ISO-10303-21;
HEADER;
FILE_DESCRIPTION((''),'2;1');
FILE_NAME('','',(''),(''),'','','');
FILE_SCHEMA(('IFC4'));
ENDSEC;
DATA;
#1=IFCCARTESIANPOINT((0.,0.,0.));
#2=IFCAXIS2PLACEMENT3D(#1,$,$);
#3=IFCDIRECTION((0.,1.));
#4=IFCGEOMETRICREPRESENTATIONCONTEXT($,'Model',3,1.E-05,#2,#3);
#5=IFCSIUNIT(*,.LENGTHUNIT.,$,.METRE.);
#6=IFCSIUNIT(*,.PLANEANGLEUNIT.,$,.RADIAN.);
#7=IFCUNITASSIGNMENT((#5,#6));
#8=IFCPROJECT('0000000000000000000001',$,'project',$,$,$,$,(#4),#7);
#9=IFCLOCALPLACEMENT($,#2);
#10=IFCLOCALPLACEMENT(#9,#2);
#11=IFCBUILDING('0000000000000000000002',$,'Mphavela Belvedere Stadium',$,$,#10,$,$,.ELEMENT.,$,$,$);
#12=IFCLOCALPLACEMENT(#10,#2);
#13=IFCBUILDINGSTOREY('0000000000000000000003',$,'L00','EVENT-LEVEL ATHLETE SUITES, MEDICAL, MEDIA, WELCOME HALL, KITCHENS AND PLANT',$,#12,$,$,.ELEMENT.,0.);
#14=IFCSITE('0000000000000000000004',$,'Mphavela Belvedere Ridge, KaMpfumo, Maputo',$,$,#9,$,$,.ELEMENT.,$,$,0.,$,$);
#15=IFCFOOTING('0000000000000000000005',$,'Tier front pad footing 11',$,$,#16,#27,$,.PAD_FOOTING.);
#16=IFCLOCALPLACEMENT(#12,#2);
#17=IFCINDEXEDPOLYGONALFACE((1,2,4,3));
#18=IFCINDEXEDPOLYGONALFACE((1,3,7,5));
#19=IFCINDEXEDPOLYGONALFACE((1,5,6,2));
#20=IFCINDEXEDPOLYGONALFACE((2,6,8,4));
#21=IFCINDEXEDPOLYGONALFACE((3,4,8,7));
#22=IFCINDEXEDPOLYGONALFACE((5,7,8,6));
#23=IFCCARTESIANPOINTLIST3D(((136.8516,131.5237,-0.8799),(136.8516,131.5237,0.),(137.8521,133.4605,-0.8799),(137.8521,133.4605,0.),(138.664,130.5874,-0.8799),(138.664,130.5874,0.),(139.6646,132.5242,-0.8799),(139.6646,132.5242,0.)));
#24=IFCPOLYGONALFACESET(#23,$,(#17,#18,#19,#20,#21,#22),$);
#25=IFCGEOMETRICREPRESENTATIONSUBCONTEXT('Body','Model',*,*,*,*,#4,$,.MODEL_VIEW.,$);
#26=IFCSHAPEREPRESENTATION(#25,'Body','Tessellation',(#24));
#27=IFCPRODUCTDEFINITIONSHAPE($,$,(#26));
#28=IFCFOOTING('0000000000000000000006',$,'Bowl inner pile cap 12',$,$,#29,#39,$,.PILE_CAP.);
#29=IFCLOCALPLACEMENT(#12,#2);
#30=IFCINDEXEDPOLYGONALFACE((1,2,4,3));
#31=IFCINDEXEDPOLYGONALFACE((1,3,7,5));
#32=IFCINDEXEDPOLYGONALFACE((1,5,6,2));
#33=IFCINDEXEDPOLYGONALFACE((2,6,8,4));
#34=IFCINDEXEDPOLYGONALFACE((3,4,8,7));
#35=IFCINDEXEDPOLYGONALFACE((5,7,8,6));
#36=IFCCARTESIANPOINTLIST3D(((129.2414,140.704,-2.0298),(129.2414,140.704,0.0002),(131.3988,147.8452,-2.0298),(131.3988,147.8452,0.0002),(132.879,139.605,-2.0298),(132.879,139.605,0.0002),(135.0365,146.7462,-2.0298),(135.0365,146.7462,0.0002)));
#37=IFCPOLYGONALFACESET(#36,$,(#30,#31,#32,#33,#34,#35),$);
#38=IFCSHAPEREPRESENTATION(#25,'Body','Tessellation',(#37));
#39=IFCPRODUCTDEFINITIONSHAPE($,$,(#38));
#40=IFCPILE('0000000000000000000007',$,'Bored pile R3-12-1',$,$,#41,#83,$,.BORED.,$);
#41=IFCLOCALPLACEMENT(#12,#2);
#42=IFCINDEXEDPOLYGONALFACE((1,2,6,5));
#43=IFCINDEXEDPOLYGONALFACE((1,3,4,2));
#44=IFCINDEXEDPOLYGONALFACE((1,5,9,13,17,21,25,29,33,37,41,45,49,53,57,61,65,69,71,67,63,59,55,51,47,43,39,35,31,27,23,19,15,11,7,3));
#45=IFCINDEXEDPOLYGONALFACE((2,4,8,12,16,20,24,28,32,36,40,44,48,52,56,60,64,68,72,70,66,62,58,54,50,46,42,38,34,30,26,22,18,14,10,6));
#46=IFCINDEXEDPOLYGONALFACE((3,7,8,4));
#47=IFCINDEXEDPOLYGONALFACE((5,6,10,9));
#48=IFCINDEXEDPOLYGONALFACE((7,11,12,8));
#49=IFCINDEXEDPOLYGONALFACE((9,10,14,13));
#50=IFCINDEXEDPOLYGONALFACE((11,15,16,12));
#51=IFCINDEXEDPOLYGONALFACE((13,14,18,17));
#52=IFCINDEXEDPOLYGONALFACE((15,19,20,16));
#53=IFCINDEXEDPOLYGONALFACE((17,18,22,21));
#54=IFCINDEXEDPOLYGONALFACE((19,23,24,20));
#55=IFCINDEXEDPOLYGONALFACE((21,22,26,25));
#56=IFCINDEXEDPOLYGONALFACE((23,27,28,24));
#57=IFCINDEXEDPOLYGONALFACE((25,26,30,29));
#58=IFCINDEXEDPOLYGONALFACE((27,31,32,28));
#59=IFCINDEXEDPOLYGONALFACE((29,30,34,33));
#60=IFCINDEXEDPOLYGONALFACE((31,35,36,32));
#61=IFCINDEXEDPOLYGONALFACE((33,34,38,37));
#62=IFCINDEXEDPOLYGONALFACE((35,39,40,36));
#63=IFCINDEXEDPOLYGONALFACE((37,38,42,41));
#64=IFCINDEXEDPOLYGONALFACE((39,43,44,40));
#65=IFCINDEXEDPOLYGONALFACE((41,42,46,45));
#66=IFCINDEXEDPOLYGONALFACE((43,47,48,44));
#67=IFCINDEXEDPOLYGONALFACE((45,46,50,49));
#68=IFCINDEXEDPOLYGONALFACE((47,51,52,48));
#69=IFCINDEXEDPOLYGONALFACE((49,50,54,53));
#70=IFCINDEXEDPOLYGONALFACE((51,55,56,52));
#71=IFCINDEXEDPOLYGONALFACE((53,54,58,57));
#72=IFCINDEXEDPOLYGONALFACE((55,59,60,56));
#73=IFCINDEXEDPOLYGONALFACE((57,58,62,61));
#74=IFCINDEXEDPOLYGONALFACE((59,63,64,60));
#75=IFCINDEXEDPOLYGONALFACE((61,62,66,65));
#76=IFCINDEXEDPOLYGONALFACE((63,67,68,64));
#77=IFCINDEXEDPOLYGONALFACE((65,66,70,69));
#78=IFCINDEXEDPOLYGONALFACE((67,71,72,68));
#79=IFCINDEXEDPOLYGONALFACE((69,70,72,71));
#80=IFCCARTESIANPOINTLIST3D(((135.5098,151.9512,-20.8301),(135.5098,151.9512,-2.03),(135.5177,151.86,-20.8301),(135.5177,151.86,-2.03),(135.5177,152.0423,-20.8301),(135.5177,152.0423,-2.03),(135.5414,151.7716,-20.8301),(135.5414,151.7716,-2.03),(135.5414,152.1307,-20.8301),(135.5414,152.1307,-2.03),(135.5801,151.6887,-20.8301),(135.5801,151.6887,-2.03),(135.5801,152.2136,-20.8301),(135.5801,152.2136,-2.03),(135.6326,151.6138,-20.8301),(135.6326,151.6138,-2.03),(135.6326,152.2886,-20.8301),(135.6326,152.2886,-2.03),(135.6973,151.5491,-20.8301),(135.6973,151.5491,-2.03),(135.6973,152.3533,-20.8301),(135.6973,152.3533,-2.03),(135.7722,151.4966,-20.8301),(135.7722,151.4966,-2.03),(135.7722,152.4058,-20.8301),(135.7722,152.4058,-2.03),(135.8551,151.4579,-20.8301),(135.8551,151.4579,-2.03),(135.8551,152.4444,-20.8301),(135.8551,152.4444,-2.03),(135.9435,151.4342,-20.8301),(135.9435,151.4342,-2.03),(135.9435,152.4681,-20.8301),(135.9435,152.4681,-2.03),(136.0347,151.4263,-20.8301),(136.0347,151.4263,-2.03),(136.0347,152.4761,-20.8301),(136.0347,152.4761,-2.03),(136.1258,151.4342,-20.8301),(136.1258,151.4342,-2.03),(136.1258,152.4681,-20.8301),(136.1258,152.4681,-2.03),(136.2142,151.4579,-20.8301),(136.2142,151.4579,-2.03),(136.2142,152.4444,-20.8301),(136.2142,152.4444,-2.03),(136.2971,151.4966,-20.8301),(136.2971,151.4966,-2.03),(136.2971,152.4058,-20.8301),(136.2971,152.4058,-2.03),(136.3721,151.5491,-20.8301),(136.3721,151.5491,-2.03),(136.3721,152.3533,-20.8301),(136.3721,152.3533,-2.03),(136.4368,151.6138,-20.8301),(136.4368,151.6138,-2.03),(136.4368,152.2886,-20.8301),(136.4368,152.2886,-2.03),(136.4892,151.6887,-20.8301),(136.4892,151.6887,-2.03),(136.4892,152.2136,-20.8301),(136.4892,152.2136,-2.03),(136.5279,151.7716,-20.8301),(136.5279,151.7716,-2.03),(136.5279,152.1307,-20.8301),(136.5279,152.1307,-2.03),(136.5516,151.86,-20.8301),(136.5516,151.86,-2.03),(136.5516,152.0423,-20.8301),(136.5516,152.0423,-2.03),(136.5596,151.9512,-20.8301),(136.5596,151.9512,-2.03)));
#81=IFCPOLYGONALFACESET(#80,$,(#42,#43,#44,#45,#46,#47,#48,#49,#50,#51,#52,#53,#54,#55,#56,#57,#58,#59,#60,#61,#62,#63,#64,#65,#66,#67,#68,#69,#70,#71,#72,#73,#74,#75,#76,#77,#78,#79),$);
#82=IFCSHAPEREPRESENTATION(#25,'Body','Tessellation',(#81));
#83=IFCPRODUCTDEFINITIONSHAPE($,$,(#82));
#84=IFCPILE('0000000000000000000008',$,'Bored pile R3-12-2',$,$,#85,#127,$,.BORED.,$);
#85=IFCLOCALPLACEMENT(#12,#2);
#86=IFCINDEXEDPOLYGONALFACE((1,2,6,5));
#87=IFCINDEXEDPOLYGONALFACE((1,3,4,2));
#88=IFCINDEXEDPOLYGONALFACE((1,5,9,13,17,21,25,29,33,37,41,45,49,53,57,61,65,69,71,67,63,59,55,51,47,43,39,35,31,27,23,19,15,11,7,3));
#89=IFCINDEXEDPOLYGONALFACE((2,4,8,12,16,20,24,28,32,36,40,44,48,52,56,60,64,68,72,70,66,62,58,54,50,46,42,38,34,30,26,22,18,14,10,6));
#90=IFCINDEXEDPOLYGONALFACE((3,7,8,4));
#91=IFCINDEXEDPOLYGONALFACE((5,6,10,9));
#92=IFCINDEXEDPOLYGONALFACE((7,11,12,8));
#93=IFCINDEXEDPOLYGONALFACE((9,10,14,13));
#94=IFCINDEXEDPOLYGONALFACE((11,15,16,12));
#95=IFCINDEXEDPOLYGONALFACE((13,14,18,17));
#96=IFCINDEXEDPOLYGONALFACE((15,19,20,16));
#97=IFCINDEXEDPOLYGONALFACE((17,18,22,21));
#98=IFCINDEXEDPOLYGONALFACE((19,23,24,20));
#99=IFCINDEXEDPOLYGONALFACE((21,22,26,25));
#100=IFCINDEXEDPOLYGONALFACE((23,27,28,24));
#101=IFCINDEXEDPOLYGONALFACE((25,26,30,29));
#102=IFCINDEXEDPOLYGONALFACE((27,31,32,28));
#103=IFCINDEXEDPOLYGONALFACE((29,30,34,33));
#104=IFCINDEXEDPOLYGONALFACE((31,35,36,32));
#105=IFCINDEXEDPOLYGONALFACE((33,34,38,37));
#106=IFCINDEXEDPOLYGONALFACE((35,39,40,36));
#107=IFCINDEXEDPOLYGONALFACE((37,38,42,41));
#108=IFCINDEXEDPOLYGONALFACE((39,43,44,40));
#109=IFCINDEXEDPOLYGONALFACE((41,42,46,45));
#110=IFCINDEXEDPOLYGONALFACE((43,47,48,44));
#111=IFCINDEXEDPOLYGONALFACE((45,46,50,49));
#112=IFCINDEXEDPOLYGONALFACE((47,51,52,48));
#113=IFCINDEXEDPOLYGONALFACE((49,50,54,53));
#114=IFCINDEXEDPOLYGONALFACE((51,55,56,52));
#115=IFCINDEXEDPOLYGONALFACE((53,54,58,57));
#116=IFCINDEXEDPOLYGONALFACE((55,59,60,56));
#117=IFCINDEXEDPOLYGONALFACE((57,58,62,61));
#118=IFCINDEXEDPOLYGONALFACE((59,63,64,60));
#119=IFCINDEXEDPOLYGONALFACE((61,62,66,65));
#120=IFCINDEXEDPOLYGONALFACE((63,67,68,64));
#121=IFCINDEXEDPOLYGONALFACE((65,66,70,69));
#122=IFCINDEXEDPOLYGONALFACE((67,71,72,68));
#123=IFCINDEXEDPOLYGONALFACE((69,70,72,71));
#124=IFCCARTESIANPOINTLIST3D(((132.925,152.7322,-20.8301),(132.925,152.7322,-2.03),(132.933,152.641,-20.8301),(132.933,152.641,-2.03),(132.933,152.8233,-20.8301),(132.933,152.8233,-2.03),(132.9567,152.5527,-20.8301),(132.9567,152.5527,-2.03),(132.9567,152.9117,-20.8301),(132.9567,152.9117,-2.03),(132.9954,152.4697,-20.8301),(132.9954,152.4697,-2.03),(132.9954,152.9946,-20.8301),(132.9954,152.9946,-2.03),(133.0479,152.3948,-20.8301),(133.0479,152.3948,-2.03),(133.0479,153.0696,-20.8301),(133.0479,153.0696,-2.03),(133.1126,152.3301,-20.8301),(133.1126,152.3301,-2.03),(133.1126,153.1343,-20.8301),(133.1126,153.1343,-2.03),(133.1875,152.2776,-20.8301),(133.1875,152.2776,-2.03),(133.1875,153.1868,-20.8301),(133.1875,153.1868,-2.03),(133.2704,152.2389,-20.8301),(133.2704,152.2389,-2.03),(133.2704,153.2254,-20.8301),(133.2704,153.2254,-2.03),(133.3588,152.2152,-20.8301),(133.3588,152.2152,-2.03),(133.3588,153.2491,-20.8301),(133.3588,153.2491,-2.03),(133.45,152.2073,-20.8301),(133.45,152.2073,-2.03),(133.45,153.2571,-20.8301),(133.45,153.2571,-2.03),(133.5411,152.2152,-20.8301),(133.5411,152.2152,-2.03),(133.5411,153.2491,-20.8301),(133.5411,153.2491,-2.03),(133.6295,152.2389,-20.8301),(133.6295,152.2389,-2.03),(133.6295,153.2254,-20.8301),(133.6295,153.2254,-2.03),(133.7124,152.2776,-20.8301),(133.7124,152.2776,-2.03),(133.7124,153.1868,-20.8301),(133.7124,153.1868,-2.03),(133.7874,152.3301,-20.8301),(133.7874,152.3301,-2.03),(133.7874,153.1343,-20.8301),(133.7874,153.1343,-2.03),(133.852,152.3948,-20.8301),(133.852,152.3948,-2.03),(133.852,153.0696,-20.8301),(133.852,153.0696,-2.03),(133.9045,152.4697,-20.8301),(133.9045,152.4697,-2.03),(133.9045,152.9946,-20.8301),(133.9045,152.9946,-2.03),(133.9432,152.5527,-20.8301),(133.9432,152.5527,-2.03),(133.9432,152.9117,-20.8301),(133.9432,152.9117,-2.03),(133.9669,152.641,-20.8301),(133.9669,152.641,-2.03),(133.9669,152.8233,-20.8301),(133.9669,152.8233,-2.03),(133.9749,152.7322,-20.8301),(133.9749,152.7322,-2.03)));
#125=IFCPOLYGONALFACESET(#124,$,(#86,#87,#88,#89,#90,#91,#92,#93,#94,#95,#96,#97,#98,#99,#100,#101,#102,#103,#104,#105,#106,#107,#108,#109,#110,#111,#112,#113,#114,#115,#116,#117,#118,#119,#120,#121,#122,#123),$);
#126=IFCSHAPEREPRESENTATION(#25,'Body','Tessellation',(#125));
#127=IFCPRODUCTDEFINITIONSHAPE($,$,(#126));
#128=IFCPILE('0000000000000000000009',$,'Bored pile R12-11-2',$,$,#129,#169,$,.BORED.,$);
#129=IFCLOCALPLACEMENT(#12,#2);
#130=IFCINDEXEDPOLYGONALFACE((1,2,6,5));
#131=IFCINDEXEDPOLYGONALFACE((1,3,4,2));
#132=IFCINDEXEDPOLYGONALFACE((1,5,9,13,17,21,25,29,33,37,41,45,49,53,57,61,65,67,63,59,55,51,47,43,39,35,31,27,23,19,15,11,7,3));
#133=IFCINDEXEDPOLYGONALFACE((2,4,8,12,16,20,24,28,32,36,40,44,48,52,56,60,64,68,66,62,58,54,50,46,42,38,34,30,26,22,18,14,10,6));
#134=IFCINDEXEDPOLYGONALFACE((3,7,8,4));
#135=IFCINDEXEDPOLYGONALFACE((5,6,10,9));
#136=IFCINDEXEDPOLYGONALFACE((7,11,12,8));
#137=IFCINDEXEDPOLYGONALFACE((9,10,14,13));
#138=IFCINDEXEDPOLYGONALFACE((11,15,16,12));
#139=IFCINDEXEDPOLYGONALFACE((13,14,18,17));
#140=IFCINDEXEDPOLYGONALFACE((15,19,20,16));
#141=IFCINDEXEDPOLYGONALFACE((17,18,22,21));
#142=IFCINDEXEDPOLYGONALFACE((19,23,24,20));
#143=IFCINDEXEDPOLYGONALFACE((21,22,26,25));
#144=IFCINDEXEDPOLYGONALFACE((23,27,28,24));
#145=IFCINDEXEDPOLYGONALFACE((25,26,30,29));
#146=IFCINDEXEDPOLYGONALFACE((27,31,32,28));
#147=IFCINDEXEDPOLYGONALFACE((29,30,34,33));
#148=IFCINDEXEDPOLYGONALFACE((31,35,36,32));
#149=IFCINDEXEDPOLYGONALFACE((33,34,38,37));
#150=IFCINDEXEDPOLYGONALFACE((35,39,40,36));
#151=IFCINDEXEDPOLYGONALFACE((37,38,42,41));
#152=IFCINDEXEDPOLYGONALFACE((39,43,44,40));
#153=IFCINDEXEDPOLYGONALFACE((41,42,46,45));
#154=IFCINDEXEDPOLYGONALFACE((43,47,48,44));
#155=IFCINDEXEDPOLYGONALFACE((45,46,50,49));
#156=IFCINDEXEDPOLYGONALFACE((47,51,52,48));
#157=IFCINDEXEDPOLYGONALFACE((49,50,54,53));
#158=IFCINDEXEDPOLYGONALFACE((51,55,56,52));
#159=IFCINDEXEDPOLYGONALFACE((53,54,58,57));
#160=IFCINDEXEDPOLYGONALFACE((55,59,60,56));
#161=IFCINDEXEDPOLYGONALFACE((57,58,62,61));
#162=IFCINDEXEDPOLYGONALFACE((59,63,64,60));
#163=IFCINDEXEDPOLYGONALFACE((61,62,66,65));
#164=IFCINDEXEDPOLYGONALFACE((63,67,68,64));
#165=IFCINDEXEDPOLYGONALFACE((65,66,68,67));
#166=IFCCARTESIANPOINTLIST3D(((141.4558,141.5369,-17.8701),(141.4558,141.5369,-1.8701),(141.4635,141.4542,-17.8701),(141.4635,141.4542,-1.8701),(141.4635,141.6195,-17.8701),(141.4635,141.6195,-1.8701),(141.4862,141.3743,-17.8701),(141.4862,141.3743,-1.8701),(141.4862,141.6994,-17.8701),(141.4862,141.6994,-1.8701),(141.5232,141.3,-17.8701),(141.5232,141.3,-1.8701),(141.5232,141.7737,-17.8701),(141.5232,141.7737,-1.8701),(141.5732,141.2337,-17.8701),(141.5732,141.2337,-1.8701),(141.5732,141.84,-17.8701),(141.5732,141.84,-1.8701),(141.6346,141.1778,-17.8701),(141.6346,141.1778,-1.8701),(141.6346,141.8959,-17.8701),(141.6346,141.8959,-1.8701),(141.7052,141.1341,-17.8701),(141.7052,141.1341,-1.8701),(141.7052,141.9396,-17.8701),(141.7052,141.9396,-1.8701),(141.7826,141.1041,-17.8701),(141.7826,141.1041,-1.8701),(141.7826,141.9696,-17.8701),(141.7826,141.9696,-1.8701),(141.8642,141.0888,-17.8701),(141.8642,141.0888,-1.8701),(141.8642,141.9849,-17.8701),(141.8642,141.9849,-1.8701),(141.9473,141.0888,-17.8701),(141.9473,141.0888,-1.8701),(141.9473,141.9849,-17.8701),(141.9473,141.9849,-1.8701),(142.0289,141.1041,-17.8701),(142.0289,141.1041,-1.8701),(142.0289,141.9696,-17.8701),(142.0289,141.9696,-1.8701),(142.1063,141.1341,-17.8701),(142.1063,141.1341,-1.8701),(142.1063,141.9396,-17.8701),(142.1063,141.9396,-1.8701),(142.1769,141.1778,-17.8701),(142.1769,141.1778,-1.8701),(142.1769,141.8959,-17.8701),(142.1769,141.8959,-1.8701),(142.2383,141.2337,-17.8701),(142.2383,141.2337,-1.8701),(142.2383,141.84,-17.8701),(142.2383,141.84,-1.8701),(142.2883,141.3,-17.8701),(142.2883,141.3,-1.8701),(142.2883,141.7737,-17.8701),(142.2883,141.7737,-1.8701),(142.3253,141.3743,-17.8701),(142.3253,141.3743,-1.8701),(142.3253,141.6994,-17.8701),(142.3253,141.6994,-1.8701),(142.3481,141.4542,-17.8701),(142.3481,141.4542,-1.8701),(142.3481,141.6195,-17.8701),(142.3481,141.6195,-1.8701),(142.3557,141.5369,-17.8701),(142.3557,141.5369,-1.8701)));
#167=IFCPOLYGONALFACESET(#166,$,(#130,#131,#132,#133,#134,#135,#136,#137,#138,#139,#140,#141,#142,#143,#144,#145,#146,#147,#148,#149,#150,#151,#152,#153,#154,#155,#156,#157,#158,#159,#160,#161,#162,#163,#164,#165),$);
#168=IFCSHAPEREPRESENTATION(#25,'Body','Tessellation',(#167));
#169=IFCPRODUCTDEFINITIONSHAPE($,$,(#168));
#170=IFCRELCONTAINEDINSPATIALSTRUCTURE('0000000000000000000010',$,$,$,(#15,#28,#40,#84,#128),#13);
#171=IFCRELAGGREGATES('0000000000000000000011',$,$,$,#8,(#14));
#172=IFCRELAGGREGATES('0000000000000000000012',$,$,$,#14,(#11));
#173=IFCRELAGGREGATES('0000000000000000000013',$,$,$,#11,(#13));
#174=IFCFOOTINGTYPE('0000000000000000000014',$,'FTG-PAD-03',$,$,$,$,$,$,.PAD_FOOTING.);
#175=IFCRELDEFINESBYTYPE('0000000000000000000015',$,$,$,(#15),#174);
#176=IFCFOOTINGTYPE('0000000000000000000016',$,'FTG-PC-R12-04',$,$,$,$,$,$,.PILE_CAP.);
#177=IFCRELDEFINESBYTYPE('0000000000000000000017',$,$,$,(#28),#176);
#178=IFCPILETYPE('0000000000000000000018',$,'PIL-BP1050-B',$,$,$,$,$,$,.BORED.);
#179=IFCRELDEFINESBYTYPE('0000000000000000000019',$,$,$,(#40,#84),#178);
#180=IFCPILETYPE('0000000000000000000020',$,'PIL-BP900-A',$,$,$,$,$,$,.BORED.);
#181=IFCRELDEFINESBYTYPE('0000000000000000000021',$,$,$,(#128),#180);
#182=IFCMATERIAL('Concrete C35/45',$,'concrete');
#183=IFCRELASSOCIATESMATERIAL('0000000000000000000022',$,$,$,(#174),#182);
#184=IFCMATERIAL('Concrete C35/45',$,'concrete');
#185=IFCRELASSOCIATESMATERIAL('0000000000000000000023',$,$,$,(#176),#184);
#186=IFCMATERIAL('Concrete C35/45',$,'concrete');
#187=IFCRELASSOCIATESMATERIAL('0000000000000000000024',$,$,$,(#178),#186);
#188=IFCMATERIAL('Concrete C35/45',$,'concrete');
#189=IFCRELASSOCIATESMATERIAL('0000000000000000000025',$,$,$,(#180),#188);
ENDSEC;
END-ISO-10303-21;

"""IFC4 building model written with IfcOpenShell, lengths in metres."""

from ifc_helpers import new_model, si_unit, direction, frame, origin, origin_2d, place, context, subcontext, project, spatial, rectangle, circle, extrude, material, material_profile, profile_set, type_object, element, save


model = new_model("IFC4")

# Units and contexts
model_context = context("Model", 3, precision=1e-05, world=origin(), true_north=direction((0.0, 1.0)))
body_context = subcontext(model_context, "Body", "Model", "MODEL_VIEW")
ifc_project = project(units=[si_unit("LENGTHUNIT", "METRE"), si_unit("PLANEANGLEUNIT", "RADIAN")], contexts=[model_context])

# Site, building, storey
site_placement = place(None, origin())
site = spatial("IfcSite", under=ifc_project, at=site_placement, Name="Mphavela Belvedere Ridge, KaMpfumo, Maputo", CompositionType="ELEMENT", RefElevation=0.0)
building_placement = place(site_placement, origin())
building = spatial("IfcBuilding", under=site, at=building_placement, Name="Mphavela Belvedere Stadium", CompositionType="ELEMENT")
storey_placement = place(building_placement, origin())
storey = spatial("IfcBuildingStorey", under=building, at=storey_placement, Name="L00", Description="EVENT-LEVEL ATHLETE SUITES, MEDICAL, MEDIA, WELCOME HALL, KITCHENS AND PLANT", CompositionType="ELEMENT", Elevation=0.0)

# Footings
ifc_material_1 = material(Name="Concrete C35/45", Category="concrete")
footing_type_1 = type_object("IfcFootingType", Name="FTG-PAD-03", PredefinedType="PAD_FOOTING", material=ifc_material_1)
footing_1_placement = place(storey_placement, frame((138.2581, 132.0239, -0.8799), z_axis=(0.0, 0.0, 1.0), x_axis=(0.45896, 0.888457, 0.0)))
element("IfcFooting", 1, at=footing_1_placement, inside=storey, type_object=footing_type_1, Name="Tier front pad footing 11", PredefinedType="PAD_FOOTING", context=body_context, shape_type="SweptSolid", body=[
    extrude(rectangle(XDim=2.1799, YDim=2.04, at=origin_2d()), origin(), (0.0, 0.0, 1.0), 0.8799),
])
ifc_material_2 = material(Name="Concrete C35/45", Category="concrete")
footing_type_2 = type_object("IfcFootingType", Name="FTG-PC-R12-04", PredefinedType="PILE_CAP", material=ifc_material_2)
footing_2_placement = place(storey_placement, frame((132.1389, 143.7251, -2.0298), z_axis=(0.0, 0.0, 1.0), x_axis=(0.289199, 0.957269, 0.0)))
element("IfcFooting", 2, at=footing_2_placement, inside=storey, type_object=footing_type_2, Name="Bowl inner pile cap 12", PredefinedType="PILE_CAP", context=body_context, shape_type="SweptSolid", body=[
    extrude(rectangle(XDim=7.46, YDim=3.8, at=origin_2d()), origin(), (0.0, 0.0, 1.0), 2.03),
])

# Piles
ifc_material_3 = material(Name="Concrete C35/45", Category="concrete")
ifc_material_profile_1 = material_profile(ifc_material_3, circle(Radius=0.5249, at=origin_2d()), Name="BP D1050")
ifc_profile_set_1 = profile_set([ifc_material_profile_1], Name="Concrete C35/45")
pile_type_1 = type_object("IfcPileType", Name="PIL-BP1050-B", PredefinedType="BORED", material=ifc_profile_set_1)
for number, where, z_axis, x_axis, name in (
    (3, (136.0347, 151.9512, -2.03), (0.0, 0.0, -1.0), (1.0, 0.0, 0.0), "Bored pile R3-12-1"),
    (4, (133.45, 152.7322, -2.03), (0.0, 0.0, -1.0), (1.0, 0.0, 0.0), "Bored pile R3-12-2"),
):
    element("IfcPile", number, at=place(storey_placement, frame(where, z_axis=z_axis, x_axis=x_axis)), inside=storey, type_object=pile_type_1, Name=name, PredefinedType="BORED", context=body_context, shape_type="SweptSolid", body=[
        extrude(circle(Radius=0.5249, at=origin_2d()), origin(), (0.0, 0.0, 1.0), 18.8),
    ])
ifc_material_4 = material(Name="Concrete C35/45", Category="concrete")
ifc_material_profile_2 = material_profile(ifc_material_4, circle(Radius=0.45, at=origin_2d()), Name="BP D900")
ifc_profile_set_2 = profile_set([ifc_material_profile_2], Name="Concrete C35/45")
pile_type_2 = type_object("IfcPileType", Name="PIL-BP900-A", PredefinedType="BORED", material=ifc_profile_set_2)
for number, where, z_axis, x_axis, name in (
    (5, (141.9058, 141.5369, -1.8701), (0.0, 0.0, -1.0), (1.0, 0.0, 0.0), "Bored pile R12-11-2"),
):
    element("IfcPile", number, at=place(storey_placement, frame(where, z_axis=z_axis, x_axis=x_axis)), inside=storey, type_object=pile_type_2, Name=name, PredefinedType="BORED", context=body_context, shape_type="SweptSolid", body=[
        extrude(circle(Radius=0.45, at=origin_2d()), origin(), (0.0, 0.0, 1.0), 16.0),
    ])

save(model, "model.ifc")
